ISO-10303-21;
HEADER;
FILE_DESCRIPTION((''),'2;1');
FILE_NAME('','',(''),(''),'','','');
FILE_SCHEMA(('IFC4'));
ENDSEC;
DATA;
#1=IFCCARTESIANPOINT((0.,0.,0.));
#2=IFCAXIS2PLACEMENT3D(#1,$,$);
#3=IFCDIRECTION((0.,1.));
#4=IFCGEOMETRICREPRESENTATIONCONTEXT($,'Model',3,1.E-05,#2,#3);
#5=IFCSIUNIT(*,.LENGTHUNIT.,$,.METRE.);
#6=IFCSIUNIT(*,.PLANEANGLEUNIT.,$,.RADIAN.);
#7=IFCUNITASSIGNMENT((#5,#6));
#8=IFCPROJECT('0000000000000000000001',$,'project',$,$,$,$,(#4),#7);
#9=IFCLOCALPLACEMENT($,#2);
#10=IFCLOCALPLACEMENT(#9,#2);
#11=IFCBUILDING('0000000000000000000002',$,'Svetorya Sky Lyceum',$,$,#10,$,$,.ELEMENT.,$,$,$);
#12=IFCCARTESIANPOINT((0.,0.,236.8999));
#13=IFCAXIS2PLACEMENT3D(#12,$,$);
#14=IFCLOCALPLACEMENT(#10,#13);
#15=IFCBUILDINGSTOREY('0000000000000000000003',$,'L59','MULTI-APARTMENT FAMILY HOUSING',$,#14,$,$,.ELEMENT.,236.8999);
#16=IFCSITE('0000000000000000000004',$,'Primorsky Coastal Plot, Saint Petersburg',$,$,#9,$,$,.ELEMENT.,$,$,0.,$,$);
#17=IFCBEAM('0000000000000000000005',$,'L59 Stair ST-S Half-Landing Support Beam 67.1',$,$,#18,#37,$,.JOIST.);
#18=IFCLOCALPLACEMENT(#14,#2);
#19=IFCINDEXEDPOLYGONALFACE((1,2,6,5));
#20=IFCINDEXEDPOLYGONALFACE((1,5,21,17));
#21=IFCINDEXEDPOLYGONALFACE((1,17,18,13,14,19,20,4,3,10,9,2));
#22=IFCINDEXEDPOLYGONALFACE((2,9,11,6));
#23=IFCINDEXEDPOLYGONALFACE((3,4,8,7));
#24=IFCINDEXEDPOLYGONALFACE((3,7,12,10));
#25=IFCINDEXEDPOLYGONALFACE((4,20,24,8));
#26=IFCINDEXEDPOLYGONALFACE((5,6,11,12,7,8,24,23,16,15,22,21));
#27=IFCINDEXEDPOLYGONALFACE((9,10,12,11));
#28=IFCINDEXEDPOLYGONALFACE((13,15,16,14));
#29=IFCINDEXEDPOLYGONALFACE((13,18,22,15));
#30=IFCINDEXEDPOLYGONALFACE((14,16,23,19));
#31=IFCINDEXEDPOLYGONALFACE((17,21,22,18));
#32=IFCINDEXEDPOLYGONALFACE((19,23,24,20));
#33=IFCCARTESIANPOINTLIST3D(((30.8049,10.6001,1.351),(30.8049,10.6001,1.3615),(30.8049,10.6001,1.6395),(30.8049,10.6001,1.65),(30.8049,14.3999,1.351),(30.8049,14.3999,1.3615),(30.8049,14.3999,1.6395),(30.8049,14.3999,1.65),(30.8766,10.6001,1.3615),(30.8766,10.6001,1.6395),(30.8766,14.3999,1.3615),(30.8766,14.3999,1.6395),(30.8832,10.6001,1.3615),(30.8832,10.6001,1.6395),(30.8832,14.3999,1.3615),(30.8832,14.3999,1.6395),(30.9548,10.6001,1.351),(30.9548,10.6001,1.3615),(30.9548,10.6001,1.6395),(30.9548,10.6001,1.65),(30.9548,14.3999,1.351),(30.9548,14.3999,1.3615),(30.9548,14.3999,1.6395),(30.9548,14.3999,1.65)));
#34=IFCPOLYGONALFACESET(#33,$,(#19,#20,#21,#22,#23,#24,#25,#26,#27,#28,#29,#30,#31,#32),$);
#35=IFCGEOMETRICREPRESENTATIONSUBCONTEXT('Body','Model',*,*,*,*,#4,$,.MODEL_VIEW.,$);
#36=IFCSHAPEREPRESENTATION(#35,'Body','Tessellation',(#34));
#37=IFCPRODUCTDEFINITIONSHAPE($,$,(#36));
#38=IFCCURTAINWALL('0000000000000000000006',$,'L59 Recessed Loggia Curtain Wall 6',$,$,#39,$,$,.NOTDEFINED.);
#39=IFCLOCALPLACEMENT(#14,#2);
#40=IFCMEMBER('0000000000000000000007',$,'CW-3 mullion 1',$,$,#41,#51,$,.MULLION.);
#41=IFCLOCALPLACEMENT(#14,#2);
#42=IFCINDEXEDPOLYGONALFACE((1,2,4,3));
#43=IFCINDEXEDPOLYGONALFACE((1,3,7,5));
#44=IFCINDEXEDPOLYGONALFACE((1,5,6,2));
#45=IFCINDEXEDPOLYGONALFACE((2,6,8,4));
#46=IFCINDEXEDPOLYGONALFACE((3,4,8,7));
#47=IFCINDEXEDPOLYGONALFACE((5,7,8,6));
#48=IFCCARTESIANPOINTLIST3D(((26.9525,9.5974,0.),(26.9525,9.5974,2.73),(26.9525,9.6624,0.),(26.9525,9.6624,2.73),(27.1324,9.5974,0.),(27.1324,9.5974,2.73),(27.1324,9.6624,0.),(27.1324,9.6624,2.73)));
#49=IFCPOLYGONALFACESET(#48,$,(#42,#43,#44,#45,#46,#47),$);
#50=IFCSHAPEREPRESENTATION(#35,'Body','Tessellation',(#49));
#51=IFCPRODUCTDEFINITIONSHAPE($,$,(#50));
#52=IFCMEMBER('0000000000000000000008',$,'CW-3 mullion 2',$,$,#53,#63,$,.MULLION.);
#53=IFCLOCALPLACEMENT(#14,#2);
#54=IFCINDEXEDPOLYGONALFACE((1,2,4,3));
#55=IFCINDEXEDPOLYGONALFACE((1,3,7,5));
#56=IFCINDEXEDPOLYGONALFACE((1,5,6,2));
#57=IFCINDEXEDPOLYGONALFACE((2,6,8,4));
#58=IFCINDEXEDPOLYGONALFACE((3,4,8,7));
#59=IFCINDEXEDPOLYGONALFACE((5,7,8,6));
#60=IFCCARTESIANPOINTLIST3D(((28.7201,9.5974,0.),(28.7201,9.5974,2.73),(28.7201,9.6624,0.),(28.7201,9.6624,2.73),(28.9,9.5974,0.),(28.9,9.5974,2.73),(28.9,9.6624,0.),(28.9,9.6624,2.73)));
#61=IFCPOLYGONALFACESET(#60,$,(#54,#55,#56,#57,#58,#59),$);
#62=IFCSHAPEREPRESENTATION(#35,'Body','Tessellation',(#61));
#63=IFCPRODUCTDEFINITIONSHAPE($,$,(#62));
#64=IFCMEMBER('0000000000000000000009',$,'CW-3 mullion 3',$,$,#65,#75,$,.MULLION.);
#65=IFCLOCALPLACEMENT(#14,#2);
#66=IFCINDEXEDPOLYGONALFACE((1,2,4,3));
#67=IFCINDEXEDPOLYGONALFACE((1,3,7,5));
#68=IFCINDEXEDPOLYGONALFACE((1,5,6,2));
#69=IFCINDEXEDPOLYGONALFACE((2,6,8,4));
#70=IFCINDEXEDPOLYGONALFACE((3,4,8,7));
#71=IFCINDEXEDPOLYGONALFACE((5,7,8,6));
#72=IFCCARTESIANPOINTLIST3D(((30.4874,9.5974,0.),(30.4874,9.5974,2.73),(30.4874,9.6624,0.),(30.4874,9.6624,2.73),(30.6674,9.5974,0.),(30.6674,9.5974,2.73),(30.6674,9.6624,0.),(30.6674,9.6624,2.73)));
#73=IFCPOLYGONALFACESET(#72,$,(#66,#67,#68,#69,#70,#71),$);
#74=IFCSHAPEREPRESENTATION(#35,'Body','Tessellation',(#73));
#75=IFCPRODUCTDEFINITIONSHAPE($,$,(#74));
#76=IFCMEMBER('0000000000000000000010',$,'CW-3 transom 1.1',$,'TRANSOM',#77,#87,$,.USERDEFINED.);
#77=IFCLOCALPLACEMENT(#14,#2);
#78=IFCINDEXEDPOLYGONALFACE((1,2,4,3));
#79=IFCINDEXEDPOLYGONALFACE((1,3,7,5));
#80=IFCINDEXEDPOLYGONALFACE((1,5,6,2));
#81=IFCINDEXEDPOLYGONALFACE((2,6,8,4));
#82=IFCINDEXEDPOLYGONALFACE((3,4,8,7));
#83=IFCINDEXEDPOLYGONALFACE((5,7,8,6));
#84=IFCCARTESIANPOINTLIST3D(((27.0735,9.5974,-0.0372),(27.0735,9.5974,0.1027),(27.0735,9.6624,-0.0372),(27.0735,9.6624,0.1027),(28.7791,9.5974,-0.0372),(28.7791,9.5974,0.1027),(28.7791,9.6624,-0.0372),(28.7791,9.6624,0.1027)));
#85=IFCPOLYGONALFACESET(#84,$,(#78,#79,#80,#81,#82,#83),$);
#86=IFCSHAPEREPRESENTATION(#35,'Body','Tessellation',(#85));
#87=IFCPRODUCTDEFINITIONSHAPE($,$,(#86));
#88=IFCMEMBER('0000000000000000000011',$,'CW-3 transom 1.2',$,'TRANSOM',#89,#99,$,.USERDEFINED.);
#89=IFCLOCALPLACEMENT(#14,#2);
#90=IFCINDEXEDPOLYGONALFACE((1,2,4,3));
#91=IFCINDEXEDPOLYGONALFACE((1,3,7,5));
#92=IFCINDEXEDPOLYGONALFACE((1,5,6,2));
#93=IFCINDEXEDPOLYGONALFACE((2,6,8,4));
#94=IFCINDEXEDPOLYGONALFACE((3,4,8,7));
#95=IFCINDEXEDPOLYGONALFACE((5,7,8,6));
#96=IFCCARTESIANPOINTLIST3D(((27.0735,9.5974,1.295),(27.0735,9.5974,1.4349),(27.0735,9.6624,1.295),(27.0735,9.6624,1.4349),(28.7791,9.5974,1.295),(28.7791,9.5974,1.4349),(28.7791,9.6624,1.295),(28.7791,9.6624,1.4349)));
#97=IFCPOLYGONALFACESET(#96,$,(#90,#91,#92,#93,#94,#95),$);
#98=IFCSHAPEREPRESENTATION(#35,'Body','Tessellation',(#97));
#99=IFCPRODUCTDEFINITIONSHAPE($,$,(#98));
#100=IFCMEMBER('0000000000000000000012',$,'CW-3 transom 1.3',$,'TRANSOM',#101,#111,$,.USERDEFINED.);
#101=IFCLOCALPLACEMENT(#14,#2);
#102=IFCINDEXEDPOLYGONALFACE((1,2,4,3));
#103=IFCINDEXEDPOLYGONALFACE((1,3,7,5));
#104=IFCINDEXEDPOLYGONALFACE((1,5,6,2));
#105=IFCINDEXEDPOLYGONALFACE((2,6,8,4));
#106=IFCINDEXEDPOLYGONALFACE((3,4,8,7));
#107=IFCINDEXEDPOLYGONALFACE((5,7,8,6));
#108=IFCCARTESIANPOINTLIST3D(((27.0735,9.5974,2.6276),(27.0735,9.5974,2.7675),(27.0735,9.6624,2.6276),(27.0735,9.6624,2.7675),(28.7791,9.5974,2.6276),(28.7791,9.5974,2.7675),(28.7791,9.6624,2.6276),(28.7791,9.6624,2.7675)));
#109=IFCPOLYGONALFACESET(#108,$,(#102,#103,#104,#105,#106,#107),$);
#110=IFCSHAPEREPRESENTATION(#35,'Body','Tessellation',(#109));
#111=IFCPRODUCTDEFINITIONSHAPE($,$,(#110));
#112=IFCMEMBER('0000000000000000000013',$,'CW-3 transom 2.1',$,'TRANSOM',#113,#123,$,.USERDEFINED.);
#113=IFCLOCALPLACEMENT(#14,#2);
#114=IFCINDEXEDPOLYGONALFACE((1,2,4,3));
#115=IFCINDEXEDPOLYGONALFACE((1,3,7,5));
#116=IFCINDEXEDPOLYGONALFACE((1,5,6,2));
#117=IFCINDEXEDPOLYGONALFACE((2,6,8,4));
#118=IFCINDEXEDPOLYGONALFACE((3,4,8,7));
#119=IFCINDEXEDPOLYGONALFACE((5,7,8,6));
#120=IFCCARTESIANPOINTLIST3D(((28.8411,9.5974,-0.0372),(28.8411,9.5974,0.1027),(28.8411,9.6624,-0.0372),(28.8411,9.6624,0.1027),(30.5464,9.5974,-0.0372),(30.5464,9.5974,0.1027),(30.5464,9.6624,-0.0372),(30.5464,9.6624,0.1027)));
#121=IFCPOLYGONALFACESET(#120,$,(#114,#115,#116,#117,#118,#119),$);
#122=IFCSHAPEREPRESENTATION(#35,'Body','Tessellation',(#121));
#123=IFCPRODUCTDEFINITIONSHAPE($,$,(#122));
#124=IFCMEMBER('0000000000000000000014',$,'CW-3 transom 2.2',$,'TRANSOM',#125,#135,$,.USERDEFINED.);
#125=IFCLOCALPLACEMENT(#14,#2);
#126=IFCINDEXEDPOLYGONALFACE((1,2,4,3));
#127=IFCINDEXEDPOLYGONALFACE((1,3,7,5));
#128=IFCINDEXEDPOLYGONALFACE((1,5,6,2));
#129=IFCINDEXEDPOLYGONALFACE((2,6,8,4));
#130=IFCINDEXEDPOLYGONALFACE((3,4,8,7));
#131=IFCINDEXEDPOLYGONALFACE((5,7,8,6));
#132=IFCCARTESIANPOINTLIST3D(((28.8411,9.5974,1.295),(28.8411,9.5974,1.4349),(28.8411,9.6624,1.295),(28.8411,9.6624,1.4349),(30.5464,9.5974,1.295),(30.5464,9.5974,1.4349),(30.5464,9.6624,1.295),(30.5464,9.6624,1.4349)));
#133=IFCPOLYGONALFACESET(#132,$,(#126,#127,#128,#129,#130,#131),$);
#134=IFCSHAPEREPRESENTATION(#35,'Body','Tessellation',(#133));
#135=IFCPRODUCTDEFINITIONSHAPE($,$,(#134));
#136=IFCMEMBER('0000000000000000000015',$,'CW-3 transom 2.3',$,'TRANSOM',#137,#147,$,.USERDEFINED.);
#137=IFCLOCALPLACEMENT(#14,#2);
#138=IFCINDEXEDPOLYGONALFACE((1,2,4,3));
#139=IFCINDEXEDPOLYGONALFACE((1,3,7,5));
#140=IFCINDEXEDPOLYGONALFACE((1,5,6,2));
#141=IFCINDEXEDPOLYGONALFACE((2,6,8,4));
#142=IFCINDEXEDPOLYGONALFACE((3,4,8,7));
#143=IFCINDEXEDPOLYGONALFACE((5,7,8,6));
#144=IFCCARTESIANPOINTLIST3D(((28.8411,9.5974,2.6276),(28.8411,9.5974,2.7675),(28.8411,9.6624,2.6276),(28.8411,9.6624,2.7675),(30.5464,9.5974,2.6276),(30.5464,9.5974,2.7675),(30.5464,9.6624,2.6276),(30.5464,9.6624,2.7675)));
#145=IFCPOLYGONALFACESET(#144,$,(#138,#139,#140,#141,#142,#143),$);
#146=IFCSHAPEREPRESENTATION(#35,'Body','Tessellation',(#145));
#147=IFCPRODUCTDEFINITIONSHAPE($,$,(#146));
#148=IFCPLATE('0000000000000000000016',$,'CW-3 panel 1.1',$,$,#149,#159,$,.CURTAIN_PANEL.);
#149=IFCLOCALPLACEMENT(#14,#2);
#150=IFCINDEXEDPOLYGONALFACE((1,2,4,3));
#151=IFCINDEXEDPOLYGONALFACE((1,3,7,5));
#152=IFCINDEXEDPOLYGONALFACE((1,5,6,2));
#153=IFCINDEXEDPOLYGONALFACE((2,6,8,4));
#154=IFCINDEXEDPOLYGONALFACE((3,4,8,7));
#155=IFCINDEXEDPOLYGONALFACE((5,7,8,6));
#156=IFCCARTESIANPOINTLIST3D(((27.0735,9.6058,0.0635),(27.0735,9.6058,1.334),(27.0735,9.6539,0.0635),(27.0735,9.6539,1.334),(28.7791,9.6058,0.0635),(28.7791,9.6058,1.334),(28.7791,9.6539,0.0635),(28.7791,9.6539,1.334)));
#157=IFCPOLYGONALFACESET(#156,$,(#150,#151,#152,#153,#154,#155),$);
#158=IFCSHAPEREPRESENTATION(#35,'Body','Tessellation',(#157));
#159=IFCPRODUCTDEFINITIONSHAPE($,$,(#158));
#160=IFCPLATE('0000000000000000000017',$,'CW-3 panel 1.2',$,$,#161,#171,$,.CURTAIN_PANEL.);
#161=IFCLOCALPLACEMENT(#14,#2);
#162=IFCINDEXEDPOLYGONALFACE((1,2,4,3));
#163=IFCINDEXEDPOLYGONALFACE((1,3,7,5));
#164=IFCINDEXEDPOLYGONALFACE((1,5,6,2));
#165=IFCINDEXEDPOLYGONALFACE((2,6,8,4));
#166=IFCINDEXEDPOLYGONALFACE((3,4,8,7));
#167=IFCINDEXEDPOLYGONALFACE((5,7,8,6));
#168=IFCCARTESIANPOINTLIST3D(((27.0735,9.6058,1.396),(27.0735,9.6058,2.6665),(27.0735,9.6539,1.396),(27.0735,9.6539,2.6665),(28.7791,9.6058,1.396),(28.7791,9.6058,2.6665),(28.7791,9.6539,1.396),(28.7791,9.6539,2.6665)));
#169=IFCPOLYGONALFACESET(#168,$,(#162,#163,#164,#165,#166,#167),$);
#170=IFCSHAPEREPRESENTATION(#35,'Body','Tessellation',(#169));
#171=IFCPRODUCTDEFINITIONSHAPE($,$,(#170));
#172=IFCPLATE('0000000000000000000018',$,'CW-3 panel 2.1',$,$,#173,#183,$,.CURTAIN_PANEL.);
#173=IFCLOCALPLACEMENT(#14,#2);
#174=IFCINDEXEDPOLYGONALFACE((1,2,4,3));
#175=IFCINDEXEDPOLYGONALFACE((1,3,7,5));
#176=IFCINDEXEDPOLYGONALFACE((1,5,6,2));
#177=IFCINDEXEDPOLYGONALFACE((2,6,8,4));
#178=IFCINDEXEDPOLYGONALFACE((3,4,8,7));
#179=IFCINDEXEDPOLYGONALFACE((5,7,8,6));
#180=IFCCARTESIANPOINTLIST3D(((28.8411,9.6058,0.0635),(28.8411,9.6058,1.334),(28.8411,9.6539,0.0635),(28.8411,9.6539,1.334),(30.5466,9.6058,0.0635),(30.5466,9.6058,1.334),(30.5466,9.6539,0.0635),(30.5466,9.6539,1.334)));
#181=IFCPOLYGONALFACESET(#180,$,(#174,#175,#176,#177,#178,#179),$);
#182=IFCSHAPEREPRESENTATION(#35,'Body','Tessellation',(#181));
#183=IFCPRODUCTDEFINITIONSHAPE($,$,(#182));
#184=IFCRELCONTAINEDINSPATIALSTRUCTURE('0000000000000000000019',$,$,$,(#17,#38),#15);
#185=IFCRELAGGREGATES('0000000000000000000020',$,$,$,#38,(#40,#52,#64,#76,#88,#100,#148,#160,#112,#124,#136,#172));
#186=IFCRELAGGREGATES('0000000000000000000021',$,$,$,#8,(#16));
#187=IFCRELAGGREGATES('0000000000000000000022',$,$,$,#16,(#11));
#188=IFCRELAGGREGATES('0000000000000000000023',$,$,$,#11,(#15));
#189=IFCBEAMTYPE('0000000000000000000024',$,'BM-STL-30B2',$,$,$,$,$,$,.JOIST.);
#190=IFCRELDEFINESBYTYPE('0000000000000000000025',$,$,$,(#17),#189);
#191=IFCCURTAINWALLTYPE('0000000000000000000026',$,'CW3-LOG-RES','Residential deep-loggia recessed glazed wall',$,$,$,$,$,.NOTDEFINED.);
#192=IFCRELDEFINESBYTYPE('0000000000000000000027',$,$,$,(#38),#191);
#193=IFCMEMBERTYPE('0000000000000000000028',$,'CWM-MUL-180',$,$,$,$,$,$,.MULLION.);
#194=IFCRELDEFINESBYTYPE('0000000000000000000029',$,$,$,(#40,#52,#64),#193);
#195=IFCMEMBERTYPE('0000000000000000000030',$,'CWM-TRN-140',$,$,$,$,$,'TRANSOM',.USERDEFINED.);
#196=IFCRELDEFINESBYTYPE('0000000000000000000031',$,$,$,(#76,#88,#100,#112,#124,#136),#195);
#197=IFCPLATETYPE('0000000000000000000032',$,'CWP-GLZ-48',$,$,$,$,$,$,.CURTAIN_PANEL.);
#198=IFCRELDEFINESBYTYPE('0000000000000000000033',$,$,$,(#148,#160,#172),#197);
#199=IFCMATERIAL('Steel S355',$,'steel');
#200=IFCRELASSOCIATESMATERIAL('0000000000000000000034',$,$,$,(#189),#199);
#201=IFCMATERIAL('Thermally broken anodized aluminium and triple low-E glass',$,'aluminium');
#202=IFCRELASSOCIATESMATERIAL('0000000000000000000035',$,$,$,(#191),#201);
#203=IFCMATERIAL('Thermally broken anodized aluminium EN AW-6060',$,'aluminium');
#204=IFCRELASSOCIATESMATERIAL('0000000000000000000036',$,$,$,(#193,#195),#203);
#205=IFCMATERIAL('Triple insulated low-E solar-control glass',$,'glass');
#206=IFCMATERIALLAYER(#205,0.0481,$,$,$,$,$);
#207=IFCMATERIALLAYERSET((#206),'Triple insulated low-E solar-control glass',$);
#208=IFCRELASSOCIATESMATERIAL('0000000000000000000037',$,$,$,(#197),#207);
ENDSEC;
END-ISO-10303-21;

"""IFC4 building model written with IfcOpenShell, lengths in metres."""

from ifc_helpers import new_model, si_unit, direction, frame, origin, origin_2d, place, context, subcontext, project, spatial, rectangle, i_section, extrude, material, layer, layer_set, material_profile, profile_set, type_object, element, aggregate, save


model = new_model("IFC4")

# Units and contexts
model_context = context("Model", 3, precision=1e-05, world=origin(), true_north=direction((0.0, 1.0)))
body_context = subcontext(model_context, "Body", "Model", "MODEL_VIEW")
ifc_project = project(units=[si_unit("LENGTHUNIT", "METRE"), si_unit("PLANEANGLEUNIT", "RADIAN")], contexts=[model_context])

# Site, building, storey
site_placement = place(None, origin())
site = spatial("IfcSite", under=ifc_project, at=site_placement, Name="Primorsky Coastal Plot, Saint Petersburg", CompositionType="ELEMENT", RefElevation=0.0)
building_placement = place(site_placement, origin())
building = spatial("IfcBuilding", under=site, at=building_placement, Name="Svetorya Sky Lyceum", CompositionType="ELEMENT")
storey_placement = place(building_placement, frame((0.0, 0.0, 236.8999)))
storey = spatial("IfcBuildingStorey", under=building, at=storey_placement, Name="L59", Description="MULTI-APARTMENT FAMILY HOUSING", CompositionType="ELEMENT", Elevation=236.8999)

# Beam
ifc_material_1 = material(Name="Steel S355", Category="steel")
ifc_material_profile_1 = material_profile(ifc_material_1, i_section(OverallWidth=0.1499, OverallDepth=0.2991, WebThickness=0.0066, FlangeThickness=0.0105, at=origin_2d()), Name="GOST 30B2")
ifc_profile_set_1 = profile_set([ifc_material_profile_1], Name="Steel S355")
beam_type = type_object("IfcBeamType", Name="BM-STL-30B2", PredefinedType="JOIST", material=ifc_profile_set_1)
beam_placement = place(storey_placement, frame((30.8799, 10.6001, 1.5005), z_axis=(0.0, 1.0, 0.0), x_axis=(-1.0, 0.0, 0.0)))
element("IfcBeam", 1, at=beam_placement, inside=storey, type_object=beam_type, Name="L59 Stair ST-S Half-Landing Support Beam 67.1", PredefinedType="JOIST", context=body_context, shape_type="SweptSolid", body=[
    extrude(i_section(OverallWidth=0.1499, OverallDepth=0.2991, WebThickness=0.0066, FlangeThickness=0.0105, at=origin_2d()), origin(), (0.0, 0.0, 1.0), 3.7998),
])

# Curtain wall, members, plates
ifc_material_2 = material(Name="Thermally broken anodized aluminium and triple low-E glass", Category="aluminium")
curtain_wall_type = type_object("IfcCurtainWallType", Name="CW3-LOG-RES", Description="Residential deep-loggia recessed glazed wall", PredefinedType="NOTDEFINED", material=ifc_material_2)
curtain_wall_placement = place(storey_placement, origin())
curtain_wall = element("IfcCurtainWall", 2, at=curtain_wall_placement, inside=storey, type_object=curtain_wall_type, Name="L59 Recessed Loggia Curtain Wall 6", PredefinedType="NOTDEFINED")
ifc_material_3 = material(Name="Thermally broken anodized aluminium EN AW-6060", Category="aluminium")
ifc_material_profile_2 = material_profile(ifc_material_3, rectangle(XDim=0.0649, YDim=0.1799, at=origin_2d()), Name="ALU MULLION 65x180")
ifc_profile_set_2 = profile_set([ifc_material_profile_2], Name="Thermally broken anodized aluminium EN AW-6060")
member_type_1 = type_object("IfcMemberType", Name="CWM-MUL-180", PredefinedType="MULLION", material=ifc_profile_set_2)
member_1_placement = place(storey_placement, frame((27.0425, 9.6299, 0.0), z_axis=(0.0, 0.0, 1.0), x_axis=(0.0, 1.0, 0.0)))
member_1 = element("IfcMember", 3, at=member_1_placement, type_object=member_type_1, Name="CW-3 mullion 1", PredefinedType="MULLION", context=body_context, shape_type="SweptSolid", body=[
    extrude(rectangle(XDim=0.0649, YDim=0.1799, at=origin_2d()), origin(), (0.0, 0.0, 1.0), 2.73),
])
member_2_placement = place(storey_placement, frame((28.8101, 9.6299, 0.0), z_axis=(0.0, 0.0, 1.0), x_axis=(0.0, 1.0, 0.0)))
member_2 = element("IfcMember", 4, at=member_2_placement, type_object=member_type_1, Name="CW-3 mullion 2", PredefinedType="MULLION", context=body_context, shape_type="SweptSolid", body=[
    extrude(rectangle(XDim=0.0649, YDim=0.1799, at=origin_2d()), origin(), (0.0, 0.0, 1.0), 2.73),
])
member_3_placement = place(storey_placement, frame((30.5774, 9.6299, 0.0), z_axis=(0.0, 0.0, 1.0), x_axis=(0.0, 1.0, 0.0)))
member_3 = element("IfcMember", 5, at=member_3_placement, type_object=member_type_1, Name="CW-3 mullion 3", PredefinedType="MULLION", context=body_context, shape_type="SweptSolid", body=[
    extrude(rectangle(XDim=0.0649, YDim=0.1799, at=origin_2d()), origin(), (0.0, 0.0, 1.0), 2.73),
])
ifc_material_profile_3 = material_profile(ifc_material_3, rectangle(XDim=0.0649, YDim=0.1399, at=origin_2d()), Name="ALU TRANSOM 65x140")
ifc_profile_set_3 = profile_set([ifc_material_profile_3], Name="Thermally broken anodized aluminium EN AW-6060")
member_type_2 = type_object("IfcMemberType", Name="CWM-TRN-140", ElementType="TRANSOM", PredefinedType="USERDEFINED", material=ifc_profile_set_3)
member_4_placement = place(storey_placement, frame((27.0735, 9.6299, 0.0327), z_axis=(1.0, 0.0, 0.0), x_axis=(0.0, 1.0, 0.0)))
member_4 = element("IfcMember", 6, at=member_4_placement, type_object=member_type_2, Name="CW-3 transom 1.1", ObjectType="TRANSOM", PredefinedType="USERDEFINED", context=body_context, shape_type="SweptSolid", body=[
    extrude(rectangle(XDim=0.0649, YDim=0.1399, at=origin_2d()), origin(), (0.0, 0.0, 1.0), 1.7056),
])
member_5_placement = place(storey_placement, frame((27.0735, 9.6299, 1.365), z_axis=(1.0, 0.0, 0.0), x_axis=(0.0, 1.0, 0.0)))
member_5 = element("IfcMember", 7, at=member_5_placement, type_object=member_type_2, Name="CW-3 transom 1.2", ObjectType="TRANSOM", PredefinedType="USERDEFINED", context=body_context, shape_type="SweptSolid", body=[
    extrude(rectangle(XDim=0.0649, YDim=0.1399, at=origin_2d()), origin(), (0.0, 0.0, 1.0), 1.7056),
])
member_6_placement = place(storey_placement, frame((27.0735, 9.6299, 2.6975), z_axis=(1.0, 0.0, 0.0), x_axis=(0.0, 1.0, 0.0)))
member_6 = element("IfcMember", 8, at=member_6_placement, type_object=member_type_2, Name="CW-3 transom 1.3", ObjectType="TRANSOM", PredefinedType="USERDEFINED", context=body_context, shape_type="SweptSolid", body=[
    extrude(rectangle(XDim=0.0649, YDim=0.1399, at=origin_2d()), origin(), (0.0, 0.0, 1.0), 1.7056),
])
member_7_placement = place(storey_placement, frame((28.8411, 9.6299, 0.0327), z_axis=(1.0, 0.0, 0.0), x_axis=(0.0, 1.0, 0.0)))
member_7 = element("IfcMember", 9, at=member_7_placement, type_object=member_type_2, Name="CW-3 transom 2.1", ObjectType="TRANSOM", PredefinedType="USERDEFINED", context=body_context, shape_type="SweptSolid", body=[
    extrude(rectangle(XDim=0.0649, YDim=0.1399, at=origin_2d()), origin(), (0.0, 0.0, 1.0), 1.7053),
])
member_8_placement = place(storey_placement, frame((28.8411, 9.6299, 1.365), z_axis=(1.0, 0.0, 0.0), x_axis=(0.0, 1.0, 0.0)))
member_8 = element("IfcMember", 10, at=member_8_placement, type_object=member_type_2, Name="CW-3 transom 2.2", ObjectType="TRANSOM", PredefinedType="USERDEFINED", context=body_context, shape_type="SweptSolid", body=[
    extrude(rectangle(XDim=0.0649, YDim=0.1399, at=origin_2d()), origin(), (0.0, 0.0, 1.0), 1.7053),
])
member_9_placement = place(storey_placement, frame((28.8411, 9.6299, 2.6975), z_axis=(1.0, 0.0, 0.0), x_axis=(0.0, 1.0, 0.0)))
member_9 = element("IfcMember", 11, at=member_9_placement, type_object=member_type_2, Name="CW-3 transom 2.3", ObjectType="TRANSOM", PredefinedType="USERDEFINED", context=body_context, shape_type="SweptSolid", body=[
    extrude(rectangle(XDim=0.0649, YDim=0.1399, at=origin_2d()), origin(), (0.0, 0.0, 1.0), 1.7053),
])
ifc_material_4 = material(Name="Triple insulated low-E solar-control glass", Category="glass")
ifc_layer_1 = layer(ifc_material_4, 0.0481)
ifc_layer_set_1 = layer_set([ifc_layer_1], Name="Triple insulated low-E solar-control glass")
plate_type = type_object("IfcPlateType", Name="CWP-GLZ-48", PredefinedType="CURTAIN_PANEL", material=ifc_layer_set_1)
plate_1_placement = place(storey_placement, frame((27.9263, 9.6299, 0.0635), z_axis=(0.0, 0.0, 1.0), x_axis=(1.0, 0.0, 0.0)))
plate_1 = element("IfcPlate", 12, at=plate_1_placement, type_object=plate_type, Name="CW-3 panel 1.1", PredefinedType="CURTAIN_PANEL", context=body_context, shape_type="SweptSolid", body=[
    extrude(rectangle(XDim=1.7056, YDim=0.0481, at=origin_2d()), origin(), (0.0, 0.0, 1.0), 1.2705),
])
plate_2_placement = place(storey_placement, frame((27.9263, 9.6299, 1.396), z_axis=(0.0, 0.0, 1.0), x_axis=(1.0, 0.0, 0.0)))
plate_2 = element("IfcPlate", 13, at=plate_2_placement, type_object=plate_type, Name="CW-3 panel 1.2", PredefinedType="CURTAIN_PANEL", context=body_context, shape_type="SweptSolid", body=[
    extrude(rectangle(XDim=1.7056, YDim=0.0481, at=origin_2d()), origin(), (0.0, 0.0, 1.0), 1.2705),
])
plate_3_placement = place(storey_placement, frame((29.6938, 9.6299, 0.0635), z_axis=(0.0, 0.0, 1.0), x_axis=(1.0, 0.0, 0.0)))
plate_3 = element("IfcPlate", 14, at=plate_3_placement, type_object=plate_type, Name="CW-3 panel 2.1", PredefinedType="CURTAIN_PANEL", context=body_context, shape_type="SweptSolid", body=[
    extrude(rectangle(XDim=1.7056, YDim=0.0481, at=origin_2d()), origin(), (0.0, 0.0, 1.0), 1.2705),
])
aggregate(curtain_wall, [member_1, member_2, member_3, member_4, member_5, member_6, plate_1, plate_2, member_7, member_8, member_9, plate_3])

save(model, "model.ifc")
